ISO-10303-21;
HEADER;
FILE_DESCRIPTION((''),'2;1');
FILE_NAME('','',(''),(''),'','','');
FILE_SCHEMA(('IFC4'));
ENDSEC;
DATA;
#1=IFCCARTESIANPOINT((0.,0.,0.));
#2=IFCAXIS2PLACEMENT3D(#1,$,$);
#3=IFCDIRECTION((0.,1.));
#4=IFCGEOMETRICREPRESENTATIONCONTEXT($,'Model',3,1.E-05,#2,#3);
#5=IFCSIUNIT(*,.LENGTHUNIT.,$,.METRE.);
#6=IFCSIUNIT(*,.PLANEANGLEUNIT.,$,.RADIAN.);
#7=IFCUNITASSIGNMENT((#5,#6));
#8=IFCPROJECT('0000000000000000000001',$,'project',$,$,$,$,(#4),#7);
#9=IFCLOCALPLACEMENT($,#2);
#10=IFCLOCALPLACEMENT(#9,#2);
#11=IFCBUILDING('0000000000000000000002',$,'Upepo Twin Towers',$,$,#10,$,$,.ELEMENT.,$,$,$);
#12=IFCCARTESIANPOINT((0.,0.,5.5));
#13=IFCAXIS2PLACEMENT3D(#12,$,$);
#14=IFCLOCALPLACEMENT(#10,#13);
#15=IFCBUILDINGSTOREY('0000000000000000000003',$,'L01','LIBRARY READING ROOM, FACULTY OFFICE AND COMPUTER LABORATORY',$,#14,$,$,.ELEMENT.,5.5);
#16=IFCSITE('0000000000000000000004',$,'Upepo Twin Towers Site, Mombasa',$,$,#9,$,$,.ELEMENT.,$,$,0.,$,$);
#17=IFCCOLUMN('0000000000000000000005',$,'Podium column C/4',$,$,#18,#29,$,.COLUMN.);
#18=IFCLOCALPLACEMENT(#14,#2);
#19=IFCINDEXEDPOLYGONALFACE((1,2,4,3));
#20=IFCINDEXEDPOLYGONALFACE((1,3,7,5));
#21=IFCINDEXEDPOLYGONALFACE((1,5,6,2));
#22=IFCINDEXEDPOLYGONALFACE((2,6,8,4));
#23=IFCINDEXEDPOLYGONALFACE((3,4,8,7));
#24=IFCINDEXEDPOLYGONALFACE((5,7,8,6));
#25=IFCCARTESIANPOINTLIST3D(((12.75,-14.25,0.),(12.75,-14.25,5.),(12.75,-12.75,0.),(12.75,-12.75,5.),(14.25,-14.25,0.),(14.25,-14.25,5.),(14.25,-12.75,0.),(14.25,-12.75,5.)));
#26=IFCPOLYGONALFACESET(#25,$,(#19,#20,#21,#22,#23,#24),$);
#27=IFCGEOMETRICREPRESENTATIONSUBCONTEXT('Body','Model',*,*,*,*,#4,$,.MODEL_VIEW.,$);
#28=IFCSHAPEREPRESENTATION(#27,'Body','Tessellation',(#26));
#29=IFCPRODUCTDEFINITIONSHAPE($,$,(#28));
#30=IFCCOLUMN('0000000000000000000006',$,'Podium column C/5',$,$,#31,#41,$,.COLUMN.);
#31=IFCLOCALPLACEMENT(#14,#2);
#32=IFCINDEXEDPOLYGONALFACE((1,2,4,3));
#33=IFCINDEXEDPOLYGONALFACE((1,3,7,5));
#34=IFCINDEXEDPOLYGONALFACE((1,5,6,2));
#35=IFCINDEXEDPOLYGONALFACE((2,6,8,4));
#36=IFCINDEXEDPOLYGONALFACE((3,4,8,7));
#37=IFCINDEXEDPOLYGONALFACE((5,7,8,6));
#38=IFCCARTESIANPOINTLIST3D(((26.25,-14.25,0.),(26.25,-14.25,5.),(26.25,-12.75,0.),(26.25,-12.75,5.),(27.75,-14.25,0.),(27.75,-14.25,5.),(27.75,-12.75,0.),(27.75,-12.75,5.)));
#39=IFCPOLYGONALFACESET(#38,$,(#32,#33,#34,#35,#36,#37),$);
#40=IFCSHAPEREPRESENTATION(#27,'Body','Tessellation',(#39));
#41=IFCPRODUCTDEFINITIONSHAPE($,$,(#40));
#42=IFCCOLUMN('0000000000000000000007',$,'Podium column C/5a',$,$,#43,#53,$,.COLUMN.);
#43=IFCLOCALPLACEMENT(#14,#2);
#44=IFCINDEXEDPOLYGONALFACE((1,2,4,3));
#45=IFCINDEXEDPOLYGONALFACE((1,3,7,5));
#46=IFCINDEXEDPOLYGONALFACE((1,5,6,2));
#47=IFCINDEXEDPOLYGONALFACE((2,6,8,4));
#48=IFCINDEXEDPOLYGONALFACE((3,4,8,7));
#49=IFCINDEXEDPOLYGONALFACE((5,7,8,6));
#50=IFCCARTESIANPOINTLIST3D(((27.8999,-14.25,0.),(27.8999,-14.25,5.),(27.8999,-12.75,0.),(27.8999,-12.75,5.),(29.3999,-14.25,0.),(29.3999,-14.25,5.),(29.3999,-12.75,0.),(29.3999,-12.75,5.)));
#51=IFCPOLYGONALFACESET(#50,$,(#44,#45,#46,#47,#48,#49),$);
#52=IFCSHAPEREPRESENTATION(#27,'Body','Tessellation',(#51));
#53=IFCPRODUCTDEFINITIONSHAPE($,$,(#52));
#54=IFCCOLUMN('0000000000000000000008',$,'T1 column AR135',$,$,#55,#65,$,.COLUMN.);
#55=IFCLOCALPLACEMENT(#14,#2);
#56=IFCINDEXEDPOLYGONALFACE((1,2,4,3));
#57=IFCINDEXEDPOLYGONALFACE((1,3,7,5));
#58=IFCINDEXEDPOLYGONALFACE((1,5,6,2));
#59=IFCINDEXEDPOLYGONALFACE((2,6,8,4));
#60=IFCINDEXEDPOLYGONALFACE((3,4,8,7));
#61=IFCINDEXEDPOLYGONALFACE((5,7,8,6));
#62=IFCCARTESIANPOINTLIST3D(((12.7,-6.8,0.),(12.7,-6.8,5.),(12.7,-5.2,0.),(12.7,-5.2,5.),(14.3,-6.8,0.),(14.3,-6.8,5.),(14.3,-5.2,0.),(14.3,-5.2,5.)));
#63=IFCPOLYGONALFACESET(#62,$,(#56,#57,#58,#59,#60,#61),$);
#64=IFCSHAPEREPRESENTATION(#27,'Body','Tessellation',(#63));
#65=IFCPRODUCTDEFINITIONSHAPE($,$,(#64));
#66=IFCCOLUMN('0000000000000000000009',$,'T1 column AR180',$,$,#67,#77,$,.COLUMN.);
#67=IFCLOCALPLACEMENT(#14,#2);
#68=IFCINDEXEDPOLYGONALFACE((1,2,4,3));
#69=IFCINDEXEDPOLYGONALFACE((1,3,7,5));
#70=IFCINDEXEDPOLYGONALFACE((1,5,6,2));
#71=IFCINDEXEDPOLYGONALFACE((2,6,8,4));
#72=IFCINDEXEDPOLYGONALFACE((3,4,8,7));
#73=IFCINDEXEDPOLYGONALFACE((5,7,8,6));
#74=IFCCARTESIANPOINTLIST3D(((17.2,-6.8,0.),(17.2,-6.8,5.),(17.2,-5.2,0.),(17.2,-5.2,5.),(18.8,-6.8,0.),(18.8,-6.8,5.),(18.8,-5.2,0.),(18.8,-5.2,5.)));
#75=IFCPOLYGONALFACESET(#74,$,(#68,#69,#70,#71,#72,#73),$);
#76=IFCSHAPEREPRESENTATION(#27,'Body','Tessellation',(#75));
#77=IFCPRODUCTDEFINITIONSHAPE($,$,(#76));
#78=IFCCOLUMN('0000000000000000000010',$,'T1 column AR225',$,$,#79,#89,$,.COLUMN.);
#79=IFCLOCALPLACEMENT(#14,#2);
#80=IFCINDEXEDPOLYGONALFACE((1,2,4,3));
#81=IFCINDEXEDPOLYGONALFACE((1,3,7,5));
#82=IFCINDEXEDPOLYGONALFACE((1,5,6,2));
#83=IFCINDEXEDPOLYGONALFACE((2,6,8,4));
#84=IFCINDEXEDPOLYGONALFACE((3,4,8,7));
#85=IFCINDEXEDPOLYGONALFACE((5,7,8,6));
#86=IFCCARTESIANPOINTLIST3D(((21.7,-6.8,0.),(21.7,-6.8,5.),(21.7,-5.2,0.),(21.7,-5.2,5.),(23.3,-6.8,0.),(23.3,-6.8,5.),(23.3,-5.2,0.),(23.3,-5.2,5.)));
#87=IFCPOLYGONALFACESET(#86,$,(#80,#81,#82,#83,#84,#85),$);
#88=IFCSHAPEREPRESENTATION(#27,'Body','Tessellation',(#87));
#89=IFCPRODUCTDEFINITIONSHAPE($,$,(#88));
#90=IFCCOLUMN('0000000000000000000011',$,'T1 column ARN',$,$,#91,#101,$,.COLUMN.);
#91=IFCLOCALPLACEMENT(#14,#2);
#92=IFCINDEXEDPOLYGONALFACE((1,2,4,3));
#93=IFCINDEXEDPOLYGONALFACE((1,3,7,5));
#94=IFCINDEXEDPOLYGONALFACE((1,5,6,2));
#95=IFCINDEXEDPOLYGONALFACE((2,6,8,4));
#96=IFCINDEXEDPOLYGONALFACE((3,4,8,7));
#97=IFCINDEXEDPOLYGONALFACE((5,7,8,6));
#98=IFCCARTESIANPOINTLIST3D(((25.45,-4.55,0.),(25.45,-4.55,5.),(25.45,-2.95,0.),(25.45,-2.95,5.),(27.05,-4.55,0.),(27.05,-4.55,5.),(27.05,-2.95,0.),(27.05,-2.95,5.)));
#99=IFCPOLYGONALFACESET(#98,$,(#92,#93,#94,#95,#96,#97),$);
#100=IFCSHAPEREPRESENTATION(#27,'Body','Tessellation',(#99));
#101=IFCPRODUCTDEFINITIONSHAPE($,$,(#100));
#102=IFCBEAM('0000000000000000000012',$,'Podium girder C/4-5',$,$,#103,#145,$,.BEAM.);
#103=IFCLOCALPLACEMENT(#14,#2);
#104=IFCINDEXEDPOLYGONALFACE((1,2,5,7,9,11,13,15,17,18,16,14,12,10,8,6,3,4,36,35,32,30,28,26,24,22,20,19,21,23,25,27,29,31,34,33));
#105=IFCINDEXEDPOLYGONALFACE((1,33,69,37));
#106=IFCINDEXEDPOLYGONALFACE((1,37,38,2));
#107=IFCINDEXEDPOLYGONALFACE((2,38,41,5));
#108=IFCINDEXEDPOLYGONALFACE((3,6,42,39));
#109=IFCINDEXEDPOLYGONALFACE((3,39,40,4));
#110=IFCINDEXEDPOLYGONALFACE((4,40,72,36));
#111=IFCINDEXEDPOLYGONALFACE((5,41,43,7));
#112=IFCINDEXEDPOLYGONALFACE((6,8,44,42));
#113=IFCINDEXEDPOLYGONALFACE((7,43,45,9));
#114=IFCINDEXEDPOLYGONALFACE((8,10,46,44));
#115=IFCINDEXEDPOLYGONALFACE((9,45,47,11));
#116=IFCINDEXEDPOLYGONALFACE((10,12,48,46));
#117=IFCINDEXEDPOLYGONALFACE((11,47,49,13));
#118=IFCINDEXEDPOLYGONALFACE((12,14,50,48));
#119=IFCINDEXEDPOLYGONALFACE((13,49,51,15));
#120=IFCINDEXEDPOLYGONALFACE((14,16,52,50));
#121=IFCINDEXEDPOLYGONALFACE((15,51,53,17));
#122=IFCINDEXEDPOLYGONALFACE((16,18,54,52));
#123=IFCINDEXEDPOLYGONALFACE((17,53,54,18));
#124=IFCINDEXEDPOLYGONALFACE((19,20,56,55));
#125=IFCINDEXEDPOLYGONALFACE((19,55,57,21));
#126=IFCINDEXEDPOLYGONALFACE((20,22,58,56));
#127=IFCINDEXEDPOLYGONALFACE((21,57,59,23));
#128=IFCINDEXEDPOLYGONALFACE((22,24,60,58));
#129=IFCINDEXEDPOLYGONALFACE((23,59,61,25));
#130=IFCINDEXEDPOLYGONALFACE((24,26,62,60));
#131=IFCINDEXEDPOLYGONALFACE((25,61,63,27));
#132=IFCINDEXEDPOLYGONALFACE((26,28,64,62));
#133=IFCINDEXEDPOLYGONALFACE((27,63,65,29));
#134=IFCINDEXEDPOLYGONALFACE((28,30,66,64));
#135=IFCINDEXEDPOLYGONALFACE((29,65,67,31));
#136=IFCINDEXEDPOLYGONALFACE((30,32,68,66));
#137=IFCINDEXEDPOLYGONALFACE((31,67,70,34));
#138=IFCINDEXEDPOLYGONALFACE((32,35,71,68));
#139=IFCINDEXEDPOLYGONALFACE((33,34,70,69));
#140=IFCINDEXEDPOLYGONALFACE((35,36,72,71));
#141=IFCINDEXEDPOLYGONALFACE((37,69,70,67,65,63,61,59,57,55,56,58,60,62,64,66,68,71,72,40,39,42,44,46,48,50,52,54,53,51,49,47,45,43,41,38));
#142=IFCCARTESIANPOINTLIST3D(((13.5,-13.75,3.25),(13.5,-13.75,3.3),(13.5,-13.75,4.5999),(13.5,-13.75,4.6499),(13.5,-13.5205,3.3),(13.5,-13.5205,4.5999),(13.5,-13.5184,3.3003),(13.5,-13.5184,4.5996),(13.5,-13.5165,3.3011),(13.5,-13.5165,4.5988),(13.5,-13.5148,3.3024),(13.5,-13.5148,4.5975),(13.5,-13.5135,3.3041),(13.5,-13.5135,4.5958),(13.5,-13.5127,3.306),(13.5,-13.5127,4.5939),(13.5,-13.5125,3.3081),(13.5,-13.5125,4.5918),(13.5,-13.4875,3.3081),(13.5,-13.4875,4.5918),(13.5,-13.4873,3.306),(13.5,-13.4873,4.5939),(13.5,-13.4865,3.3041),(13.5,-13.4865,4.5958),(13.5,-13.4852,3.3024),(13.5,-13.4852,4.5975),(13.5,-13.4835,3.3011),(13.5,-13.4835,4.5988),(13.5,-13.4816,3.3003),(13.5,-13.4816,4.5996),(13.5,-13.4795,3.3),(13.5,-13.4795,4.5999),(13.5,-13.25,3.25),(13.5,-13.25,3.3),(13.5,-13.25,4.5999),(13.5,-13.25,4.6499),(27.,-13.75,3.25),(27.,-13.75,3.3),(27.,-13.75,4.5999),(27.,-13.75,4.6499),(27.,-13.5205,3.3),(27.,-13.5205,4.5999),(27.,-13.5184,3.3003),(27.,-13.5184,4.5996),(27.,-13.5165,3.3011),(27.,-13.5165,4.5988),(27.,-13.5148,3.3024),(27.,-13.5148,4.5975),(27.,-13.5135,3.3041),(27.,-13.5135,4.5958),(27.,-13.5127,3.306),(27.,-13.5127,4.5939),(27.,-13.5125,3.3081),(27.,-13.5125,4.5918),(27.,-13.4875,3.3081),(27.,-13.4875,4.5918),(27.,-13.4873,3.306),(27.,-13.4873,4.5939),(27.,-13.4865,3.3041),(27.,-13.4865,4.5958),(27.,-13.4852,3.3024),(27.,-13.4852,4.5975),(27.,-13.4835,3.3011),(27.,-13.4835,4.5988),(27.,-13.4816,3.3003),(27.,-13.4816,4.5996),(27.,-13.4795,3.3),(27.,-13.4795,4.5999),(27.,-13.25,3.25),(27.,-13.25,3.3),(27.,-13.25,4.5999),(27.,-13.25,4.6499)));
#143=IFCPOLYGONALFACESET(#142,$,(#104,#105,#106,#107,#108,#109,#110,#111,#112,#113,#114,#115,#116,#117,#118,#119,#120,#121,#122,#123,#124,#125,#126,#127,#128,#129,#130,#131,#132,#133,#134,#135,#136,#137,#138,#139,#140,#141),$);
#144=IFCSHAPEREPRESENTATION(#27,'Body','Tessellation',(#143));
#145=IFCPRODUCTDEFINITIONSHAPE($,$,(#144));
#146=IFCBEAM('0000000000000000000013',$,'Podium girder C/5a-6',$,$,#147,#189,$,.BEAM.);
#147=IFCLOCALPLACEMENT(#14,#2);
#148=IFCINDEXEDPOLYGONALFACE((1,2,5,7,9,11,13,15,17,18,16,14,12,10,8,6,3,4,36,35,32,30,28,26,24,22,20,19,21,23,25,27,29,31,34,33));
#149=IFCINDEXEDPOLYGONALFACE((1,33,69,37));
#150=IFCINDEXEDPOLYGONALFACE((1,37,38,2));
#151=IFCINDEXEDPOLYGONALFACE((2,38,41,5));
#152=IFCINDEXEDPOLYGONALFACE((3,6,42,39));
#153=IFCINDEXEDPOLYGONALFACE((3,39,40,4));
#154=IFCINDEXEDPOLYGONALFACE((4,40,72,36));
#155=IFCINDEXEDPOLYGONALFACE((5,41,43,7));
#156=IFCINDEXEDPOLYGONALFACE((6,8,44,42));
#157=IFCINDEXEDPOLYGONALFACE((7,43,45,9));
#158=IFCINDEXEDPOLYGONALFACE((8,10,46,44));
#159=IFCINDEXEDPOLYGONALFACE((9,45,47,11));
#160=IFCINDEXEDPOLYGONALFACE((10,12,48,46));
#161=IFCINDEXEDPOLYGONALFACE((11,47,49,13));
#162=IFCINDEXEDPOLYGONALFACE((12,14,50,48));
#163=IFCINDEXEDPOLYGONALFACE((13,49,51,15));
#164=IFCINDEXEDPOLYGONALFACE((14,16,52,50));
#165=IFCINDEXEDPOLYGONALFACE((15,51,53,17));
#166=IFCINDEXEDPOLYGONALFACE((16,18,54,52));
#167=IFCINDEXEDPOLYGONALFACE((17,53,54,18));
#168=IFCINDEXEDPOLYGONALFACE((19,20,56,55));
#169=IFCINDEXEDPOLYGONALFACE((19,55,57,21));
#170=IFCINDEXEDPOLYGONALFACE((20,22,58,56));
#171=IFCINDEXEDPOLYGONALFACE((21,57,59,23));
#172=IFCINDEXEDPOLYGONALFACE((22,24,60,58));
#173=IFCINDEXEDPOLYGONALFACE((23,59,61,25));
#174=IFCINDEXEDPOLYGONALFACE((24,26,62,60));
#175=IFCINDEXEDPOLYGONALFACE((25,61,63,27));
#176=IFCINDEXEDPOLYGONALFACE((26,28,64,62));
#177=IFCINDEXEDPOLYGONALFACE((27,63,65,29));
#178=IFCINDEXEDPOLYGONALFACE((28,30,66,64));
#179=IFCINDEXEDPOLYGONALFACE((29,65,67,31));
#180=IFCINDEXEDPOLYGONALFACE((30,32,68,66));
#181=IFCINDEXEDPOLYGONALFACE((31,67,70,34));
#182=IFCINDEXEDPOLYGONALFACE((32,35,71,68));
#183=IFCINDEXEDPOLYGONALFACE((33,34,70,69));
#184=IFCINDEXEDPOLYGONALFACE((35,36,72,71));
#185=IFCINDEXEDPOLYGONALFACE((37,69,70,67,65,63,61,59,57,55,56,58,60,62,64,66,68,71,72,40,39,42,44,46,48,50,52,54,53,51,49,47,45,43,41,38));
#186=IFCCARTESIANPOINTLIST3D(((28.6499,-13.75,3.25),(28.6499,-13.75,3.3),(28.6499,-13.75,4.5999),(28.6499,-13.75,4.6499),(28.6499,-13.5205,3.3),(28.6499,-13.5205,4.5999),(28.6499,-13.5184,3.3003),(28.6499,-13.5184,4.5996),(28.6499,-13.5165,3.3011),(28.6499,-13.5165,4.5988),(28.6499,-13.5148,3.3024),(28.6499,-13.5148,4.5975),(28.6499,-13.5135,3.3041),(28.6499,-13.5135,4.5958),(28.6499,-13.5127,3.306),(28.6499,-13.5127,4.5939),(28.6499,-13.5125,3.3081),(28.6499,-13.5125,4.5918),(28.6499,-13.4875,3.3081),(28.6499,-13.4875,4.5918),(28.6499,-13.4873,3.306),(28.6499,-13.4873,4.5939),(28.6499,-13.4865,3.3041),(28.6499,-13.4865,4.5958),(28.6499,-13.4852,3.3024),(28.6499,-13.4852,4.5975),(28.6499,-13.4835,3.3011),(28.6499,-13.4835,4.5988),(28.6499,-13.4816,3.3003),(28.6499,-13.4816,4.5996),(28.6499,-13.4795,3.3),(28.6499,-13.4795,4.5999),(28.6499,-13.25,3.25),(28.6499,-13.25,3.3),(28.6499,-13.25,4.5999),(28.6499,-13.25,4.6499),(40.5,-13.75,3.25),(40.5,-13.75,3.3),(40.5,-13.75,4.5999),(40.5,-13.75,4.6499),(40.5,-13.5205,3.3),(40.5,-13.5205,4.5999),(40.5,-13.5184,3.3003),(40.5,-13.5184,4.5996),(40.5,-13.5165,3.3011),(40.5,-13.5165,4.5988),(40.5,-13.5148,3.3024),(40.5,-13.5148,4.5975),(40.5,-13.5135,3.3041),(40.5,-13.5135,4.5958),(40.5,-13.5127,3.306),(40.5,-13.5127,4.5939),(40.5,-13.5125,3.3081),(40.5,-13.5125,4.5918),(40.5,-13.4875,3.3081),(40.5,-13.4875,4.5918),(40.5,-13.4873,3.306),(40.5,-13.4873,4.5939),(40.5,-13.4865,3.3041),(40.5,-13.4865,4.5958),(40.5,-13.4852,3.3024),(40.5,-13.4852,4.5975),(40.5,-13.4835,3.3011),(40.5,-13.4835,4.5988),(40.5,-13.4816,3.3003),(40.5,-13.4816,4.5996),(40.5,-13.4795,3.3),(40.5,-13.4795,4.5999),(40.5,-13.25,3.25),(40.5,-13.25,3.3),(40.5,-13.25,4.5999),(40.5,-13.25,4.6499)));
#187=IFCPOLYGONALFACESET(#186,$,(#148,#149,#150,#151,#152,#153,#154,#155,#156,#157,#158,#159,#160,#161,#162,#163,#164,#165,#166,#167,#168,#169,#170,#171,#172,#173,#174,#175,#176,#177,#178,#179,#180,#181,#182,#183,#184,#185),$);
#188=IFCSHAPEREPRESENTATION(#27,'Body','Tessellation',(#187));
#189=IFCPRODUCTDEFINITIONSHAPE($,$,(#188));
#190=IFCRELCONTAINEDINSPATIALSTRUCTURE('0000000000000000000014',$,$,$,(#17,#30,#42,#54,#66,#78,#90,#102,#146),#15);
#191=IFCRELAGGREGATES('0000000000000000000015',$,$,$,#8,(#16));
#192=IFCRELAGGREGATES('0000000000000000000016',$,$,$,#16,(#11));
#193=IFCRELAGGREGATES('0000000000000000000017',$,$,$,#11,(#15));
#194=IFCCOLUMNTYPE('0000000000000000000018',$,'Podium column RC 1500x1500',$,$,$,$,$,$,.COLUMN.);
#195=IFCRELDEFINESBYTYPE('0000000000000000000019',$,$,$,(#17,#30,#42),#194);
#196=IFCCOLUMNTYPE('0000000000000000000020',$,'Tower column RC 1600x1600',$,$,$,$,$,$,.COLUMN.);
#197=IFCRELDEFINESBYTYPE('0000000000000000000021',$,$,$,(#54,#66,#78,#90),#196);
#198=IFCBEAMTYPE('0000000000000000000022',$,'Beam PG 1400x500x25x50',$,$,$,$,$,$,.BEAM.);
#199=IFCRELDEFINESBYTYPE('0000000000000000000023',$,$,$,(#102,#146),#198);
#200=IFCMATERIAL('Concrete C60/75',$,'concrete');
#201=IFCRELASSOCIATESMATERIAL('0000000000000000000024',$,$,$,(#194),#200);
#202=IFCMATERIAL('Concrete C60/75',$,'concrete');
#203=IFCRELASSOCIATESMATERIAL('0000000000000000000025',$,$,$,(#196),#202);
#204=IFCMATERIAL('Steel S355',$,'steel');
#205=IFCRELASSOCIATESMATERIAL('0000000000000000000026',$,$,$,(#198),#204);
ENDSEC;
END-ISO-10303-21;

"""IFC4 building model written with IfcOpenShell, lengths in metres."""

from ifc_helpers import new_model, si_unit, direction, frame, origin, origin_2d, place, context, subcontext, project, spatial, rectangle, i_section, extrude, material, material_profile, profile_set, type_object, element, save


model = new_model("IFC4")

# Units and contexts
model_context = context("Model", 3, precision=1e-05, world=origin(), true_north=direction((0.0, 1.0)))
body_context = subcontext(model_context, "Body", "Model", "MODEL_VIEW")
ifc_project = project(units=[si_unit("LENGTHUNIT", "METRE"), si_unit("PLANEANGLEUNIT", "RADIAN")], contexts=[model_context])

# Site, building, storey
site_placement = place(None, origin())
site = spatial("IfcSite", under=ifc_project, at=site_placement, Name="Upepo Twin Towers Site, Mombasa", CompositionType="ELEMENT", RefElevation=0.0)
building_placement = place(site_placement, origin())
building = spatial("IfcBuilding", under=site, at=building_placement, Name="Upepo Twin Towers", CompositionType="ELEMENT")
storey_placement = place(building_placement, frame((0.0, 0.0, 5.5)))
storey = spatial("IfcBuildingStorey", under=building, at=storey_placement, Name="L01", Description="LIBRARY READING ROOM, FACULTY OFFICE AND COMPUTER LABORATORY", CompositionType="ELEMENT", Elevation=5.5)

# Columns
ifc_material_1 = material(Name="Concrete C60/75", Category="concrete")
ifc_material_profile_1 = material_profile(ifc_material_1, rectangle(XDim=1.5, YDim=1.5, at=origin_2d()), Name="RC 1500x1500")
ifc_profile_set_1 = profile_set([ifc_material_profile_1], Name="Concrete C60/75")
column_type_1 = type_object("IfcColumnType", Name="Podium column RC 1500x1500", PredefinedType="COLUMN", material=ifc_profile_set_1)
for number, where, z_axis, x_axis, name in (
    (1, (13.5, -13.5, 0.0), (0.0, 0.0, 1.0), (1.0, 0.0, 0.0), "Podium column C/4"),
    (2, (27.0, -13.5, 0.0), (0.0, 0.0, 1.0), (1.0, 0.0, 0.0), "Podium column C/5"),
    (3, (28.6499, -13.5, 0.0), (0.0, 0.0, 1.0), (1.0, 0.0, 0.0), "Podium column C/5a"),
):
    element("IfcColumn", number, at=place(storey_placement, frame(where, z_axis=z_axis, x_axis=x_axis)), inside=storey, type_object=column_type_1, Name=name, PredefinedType="COLUMN", context=body_context, shape_type="SweptSolid", body=[
        extrude(rectangle(XDim=1.5, YDim=1.5, at=origin_2d()), origin(), (0.0, 0.0, 1.0), 5.0),
    ])
ifc_material_2 = material(Name="Concrete C60/75", Category="concrete")
ifc_material_profile_2 = material_profile(ifc_material_2, rectangle(XDim=1.6001, YDim=1.6001, at=origin_2d()), Name="RC 1600x1600")
ifc_profile_set_2 = profile_set([ifc_material_profile_2], Name="Concrete C60/75")
column_type_2 = type_object("IfcColumnType", Name="Tower column RC 1600x1600", PredefinedType="COLUMN", material=ifc_profile_set_2)
for number, where, z_axis, x_axis, name in (
    (4, (13.5, -6.0, 0.0), (0.0, 0.0, 1.0), (1.0, 0.0, 0.0), "T1 column AR135"),
    (5, (18.0, -6.0, 0.0), (0.0, 0.0, 1.0), (1.0, 0.0, 0.0), "T1 column AR180"),
    (6, (22.5, -6.0, 0.0), (0.0, 0.0, 1.0), (1.0, 0.0, 0.0), "T1 column AR225"),
    (7, (26.25, -3.75, 0.0), (0.0, 0.0, 1.0), (1.0, 0.0, 0.0), "T1 column ARN"),
):
    element("IfcColumn", number, at=place(storey_placement, frame(where, z_axis=z_axis, x_axis=x_axis)), inside=storey, type_object=column_type_2, Name=name, PredefinedType="COLUMN", context=body_context, shape_type="SweptSolid", body=[
        extrude(rectangle(XDim=1.6001, YDim=1.6001, at=origin_2d()), origin(), (0.0, 0.0, 1.0), 5.0),
    ])

# Beams
ifc_material_3 = material(Name="Steel S355", Category="steel")
ifc_material_profile_3 = material_profile(ifc_material_3, i_section(OverallWidth=0.5, OverallDepth=1.3999, WebThickness=0.0249, FlangeThickness=0.05, FilletRadius=0.0081, at=origin_2d()), Name="PG 1400x500x25x50")
ifc_profile_set_3 = profile_set([ifc_material_profile_3], Name="Steel S355")
beam_type_1 = type_object("IfcBeamType", Name="Beam PG 1400x500x25x50", PredefinedType="BEAM", material=ifc_profile_set_3)
beam_1_placement = place(storey_placement, frame((13.5, -13.5, 3.95), z_axis=(1.0, 0.0, 0.0), x_axis=(0.0, 1.0, 0.0)))
element("IfcBeam", 8, at=beam_1_placement, inside=storey, type_object=beam_type_1, Name="Podium girder C/4-5", PredefinedType="BEAM", context=body_context, shape_type="SweptSolid", body=[
    extrude(i_section(OverallWidth=0.5, OverallDepth=1.3999, WebThickness=0.0249, FlangeThickness=0.05, FilletRadius=0.0081, at=origin_2d()), origin(), (0.0, 0.0, 1.0), 13.5),
])
beam_2_placement = place(storey_placement, frame((28.6499, -13.5, 3.95), z_axis=(1.0, 0.0, 0.0), x_axis=(0.0, 1.0, 0.0)))
element("IfcBeam", 9, at=beam_2_placement, inside=storey, type_object=beam_type_1, Name="Podium girder C/5a-6", PredefinedType="BEAM", context=body_context, shape_type="SweptSolid", body=[
    extrude(i_section(OverallWidth=0.5, OverallDepth=1.3999, WebThickness=0.0249, FlangeThickness=0.05, FilletRadius=0.0081, at=origin_2d()), origin(), (0.0, 0.0, 1.0), 11.8501),
])

save(model, "model.ifc")
